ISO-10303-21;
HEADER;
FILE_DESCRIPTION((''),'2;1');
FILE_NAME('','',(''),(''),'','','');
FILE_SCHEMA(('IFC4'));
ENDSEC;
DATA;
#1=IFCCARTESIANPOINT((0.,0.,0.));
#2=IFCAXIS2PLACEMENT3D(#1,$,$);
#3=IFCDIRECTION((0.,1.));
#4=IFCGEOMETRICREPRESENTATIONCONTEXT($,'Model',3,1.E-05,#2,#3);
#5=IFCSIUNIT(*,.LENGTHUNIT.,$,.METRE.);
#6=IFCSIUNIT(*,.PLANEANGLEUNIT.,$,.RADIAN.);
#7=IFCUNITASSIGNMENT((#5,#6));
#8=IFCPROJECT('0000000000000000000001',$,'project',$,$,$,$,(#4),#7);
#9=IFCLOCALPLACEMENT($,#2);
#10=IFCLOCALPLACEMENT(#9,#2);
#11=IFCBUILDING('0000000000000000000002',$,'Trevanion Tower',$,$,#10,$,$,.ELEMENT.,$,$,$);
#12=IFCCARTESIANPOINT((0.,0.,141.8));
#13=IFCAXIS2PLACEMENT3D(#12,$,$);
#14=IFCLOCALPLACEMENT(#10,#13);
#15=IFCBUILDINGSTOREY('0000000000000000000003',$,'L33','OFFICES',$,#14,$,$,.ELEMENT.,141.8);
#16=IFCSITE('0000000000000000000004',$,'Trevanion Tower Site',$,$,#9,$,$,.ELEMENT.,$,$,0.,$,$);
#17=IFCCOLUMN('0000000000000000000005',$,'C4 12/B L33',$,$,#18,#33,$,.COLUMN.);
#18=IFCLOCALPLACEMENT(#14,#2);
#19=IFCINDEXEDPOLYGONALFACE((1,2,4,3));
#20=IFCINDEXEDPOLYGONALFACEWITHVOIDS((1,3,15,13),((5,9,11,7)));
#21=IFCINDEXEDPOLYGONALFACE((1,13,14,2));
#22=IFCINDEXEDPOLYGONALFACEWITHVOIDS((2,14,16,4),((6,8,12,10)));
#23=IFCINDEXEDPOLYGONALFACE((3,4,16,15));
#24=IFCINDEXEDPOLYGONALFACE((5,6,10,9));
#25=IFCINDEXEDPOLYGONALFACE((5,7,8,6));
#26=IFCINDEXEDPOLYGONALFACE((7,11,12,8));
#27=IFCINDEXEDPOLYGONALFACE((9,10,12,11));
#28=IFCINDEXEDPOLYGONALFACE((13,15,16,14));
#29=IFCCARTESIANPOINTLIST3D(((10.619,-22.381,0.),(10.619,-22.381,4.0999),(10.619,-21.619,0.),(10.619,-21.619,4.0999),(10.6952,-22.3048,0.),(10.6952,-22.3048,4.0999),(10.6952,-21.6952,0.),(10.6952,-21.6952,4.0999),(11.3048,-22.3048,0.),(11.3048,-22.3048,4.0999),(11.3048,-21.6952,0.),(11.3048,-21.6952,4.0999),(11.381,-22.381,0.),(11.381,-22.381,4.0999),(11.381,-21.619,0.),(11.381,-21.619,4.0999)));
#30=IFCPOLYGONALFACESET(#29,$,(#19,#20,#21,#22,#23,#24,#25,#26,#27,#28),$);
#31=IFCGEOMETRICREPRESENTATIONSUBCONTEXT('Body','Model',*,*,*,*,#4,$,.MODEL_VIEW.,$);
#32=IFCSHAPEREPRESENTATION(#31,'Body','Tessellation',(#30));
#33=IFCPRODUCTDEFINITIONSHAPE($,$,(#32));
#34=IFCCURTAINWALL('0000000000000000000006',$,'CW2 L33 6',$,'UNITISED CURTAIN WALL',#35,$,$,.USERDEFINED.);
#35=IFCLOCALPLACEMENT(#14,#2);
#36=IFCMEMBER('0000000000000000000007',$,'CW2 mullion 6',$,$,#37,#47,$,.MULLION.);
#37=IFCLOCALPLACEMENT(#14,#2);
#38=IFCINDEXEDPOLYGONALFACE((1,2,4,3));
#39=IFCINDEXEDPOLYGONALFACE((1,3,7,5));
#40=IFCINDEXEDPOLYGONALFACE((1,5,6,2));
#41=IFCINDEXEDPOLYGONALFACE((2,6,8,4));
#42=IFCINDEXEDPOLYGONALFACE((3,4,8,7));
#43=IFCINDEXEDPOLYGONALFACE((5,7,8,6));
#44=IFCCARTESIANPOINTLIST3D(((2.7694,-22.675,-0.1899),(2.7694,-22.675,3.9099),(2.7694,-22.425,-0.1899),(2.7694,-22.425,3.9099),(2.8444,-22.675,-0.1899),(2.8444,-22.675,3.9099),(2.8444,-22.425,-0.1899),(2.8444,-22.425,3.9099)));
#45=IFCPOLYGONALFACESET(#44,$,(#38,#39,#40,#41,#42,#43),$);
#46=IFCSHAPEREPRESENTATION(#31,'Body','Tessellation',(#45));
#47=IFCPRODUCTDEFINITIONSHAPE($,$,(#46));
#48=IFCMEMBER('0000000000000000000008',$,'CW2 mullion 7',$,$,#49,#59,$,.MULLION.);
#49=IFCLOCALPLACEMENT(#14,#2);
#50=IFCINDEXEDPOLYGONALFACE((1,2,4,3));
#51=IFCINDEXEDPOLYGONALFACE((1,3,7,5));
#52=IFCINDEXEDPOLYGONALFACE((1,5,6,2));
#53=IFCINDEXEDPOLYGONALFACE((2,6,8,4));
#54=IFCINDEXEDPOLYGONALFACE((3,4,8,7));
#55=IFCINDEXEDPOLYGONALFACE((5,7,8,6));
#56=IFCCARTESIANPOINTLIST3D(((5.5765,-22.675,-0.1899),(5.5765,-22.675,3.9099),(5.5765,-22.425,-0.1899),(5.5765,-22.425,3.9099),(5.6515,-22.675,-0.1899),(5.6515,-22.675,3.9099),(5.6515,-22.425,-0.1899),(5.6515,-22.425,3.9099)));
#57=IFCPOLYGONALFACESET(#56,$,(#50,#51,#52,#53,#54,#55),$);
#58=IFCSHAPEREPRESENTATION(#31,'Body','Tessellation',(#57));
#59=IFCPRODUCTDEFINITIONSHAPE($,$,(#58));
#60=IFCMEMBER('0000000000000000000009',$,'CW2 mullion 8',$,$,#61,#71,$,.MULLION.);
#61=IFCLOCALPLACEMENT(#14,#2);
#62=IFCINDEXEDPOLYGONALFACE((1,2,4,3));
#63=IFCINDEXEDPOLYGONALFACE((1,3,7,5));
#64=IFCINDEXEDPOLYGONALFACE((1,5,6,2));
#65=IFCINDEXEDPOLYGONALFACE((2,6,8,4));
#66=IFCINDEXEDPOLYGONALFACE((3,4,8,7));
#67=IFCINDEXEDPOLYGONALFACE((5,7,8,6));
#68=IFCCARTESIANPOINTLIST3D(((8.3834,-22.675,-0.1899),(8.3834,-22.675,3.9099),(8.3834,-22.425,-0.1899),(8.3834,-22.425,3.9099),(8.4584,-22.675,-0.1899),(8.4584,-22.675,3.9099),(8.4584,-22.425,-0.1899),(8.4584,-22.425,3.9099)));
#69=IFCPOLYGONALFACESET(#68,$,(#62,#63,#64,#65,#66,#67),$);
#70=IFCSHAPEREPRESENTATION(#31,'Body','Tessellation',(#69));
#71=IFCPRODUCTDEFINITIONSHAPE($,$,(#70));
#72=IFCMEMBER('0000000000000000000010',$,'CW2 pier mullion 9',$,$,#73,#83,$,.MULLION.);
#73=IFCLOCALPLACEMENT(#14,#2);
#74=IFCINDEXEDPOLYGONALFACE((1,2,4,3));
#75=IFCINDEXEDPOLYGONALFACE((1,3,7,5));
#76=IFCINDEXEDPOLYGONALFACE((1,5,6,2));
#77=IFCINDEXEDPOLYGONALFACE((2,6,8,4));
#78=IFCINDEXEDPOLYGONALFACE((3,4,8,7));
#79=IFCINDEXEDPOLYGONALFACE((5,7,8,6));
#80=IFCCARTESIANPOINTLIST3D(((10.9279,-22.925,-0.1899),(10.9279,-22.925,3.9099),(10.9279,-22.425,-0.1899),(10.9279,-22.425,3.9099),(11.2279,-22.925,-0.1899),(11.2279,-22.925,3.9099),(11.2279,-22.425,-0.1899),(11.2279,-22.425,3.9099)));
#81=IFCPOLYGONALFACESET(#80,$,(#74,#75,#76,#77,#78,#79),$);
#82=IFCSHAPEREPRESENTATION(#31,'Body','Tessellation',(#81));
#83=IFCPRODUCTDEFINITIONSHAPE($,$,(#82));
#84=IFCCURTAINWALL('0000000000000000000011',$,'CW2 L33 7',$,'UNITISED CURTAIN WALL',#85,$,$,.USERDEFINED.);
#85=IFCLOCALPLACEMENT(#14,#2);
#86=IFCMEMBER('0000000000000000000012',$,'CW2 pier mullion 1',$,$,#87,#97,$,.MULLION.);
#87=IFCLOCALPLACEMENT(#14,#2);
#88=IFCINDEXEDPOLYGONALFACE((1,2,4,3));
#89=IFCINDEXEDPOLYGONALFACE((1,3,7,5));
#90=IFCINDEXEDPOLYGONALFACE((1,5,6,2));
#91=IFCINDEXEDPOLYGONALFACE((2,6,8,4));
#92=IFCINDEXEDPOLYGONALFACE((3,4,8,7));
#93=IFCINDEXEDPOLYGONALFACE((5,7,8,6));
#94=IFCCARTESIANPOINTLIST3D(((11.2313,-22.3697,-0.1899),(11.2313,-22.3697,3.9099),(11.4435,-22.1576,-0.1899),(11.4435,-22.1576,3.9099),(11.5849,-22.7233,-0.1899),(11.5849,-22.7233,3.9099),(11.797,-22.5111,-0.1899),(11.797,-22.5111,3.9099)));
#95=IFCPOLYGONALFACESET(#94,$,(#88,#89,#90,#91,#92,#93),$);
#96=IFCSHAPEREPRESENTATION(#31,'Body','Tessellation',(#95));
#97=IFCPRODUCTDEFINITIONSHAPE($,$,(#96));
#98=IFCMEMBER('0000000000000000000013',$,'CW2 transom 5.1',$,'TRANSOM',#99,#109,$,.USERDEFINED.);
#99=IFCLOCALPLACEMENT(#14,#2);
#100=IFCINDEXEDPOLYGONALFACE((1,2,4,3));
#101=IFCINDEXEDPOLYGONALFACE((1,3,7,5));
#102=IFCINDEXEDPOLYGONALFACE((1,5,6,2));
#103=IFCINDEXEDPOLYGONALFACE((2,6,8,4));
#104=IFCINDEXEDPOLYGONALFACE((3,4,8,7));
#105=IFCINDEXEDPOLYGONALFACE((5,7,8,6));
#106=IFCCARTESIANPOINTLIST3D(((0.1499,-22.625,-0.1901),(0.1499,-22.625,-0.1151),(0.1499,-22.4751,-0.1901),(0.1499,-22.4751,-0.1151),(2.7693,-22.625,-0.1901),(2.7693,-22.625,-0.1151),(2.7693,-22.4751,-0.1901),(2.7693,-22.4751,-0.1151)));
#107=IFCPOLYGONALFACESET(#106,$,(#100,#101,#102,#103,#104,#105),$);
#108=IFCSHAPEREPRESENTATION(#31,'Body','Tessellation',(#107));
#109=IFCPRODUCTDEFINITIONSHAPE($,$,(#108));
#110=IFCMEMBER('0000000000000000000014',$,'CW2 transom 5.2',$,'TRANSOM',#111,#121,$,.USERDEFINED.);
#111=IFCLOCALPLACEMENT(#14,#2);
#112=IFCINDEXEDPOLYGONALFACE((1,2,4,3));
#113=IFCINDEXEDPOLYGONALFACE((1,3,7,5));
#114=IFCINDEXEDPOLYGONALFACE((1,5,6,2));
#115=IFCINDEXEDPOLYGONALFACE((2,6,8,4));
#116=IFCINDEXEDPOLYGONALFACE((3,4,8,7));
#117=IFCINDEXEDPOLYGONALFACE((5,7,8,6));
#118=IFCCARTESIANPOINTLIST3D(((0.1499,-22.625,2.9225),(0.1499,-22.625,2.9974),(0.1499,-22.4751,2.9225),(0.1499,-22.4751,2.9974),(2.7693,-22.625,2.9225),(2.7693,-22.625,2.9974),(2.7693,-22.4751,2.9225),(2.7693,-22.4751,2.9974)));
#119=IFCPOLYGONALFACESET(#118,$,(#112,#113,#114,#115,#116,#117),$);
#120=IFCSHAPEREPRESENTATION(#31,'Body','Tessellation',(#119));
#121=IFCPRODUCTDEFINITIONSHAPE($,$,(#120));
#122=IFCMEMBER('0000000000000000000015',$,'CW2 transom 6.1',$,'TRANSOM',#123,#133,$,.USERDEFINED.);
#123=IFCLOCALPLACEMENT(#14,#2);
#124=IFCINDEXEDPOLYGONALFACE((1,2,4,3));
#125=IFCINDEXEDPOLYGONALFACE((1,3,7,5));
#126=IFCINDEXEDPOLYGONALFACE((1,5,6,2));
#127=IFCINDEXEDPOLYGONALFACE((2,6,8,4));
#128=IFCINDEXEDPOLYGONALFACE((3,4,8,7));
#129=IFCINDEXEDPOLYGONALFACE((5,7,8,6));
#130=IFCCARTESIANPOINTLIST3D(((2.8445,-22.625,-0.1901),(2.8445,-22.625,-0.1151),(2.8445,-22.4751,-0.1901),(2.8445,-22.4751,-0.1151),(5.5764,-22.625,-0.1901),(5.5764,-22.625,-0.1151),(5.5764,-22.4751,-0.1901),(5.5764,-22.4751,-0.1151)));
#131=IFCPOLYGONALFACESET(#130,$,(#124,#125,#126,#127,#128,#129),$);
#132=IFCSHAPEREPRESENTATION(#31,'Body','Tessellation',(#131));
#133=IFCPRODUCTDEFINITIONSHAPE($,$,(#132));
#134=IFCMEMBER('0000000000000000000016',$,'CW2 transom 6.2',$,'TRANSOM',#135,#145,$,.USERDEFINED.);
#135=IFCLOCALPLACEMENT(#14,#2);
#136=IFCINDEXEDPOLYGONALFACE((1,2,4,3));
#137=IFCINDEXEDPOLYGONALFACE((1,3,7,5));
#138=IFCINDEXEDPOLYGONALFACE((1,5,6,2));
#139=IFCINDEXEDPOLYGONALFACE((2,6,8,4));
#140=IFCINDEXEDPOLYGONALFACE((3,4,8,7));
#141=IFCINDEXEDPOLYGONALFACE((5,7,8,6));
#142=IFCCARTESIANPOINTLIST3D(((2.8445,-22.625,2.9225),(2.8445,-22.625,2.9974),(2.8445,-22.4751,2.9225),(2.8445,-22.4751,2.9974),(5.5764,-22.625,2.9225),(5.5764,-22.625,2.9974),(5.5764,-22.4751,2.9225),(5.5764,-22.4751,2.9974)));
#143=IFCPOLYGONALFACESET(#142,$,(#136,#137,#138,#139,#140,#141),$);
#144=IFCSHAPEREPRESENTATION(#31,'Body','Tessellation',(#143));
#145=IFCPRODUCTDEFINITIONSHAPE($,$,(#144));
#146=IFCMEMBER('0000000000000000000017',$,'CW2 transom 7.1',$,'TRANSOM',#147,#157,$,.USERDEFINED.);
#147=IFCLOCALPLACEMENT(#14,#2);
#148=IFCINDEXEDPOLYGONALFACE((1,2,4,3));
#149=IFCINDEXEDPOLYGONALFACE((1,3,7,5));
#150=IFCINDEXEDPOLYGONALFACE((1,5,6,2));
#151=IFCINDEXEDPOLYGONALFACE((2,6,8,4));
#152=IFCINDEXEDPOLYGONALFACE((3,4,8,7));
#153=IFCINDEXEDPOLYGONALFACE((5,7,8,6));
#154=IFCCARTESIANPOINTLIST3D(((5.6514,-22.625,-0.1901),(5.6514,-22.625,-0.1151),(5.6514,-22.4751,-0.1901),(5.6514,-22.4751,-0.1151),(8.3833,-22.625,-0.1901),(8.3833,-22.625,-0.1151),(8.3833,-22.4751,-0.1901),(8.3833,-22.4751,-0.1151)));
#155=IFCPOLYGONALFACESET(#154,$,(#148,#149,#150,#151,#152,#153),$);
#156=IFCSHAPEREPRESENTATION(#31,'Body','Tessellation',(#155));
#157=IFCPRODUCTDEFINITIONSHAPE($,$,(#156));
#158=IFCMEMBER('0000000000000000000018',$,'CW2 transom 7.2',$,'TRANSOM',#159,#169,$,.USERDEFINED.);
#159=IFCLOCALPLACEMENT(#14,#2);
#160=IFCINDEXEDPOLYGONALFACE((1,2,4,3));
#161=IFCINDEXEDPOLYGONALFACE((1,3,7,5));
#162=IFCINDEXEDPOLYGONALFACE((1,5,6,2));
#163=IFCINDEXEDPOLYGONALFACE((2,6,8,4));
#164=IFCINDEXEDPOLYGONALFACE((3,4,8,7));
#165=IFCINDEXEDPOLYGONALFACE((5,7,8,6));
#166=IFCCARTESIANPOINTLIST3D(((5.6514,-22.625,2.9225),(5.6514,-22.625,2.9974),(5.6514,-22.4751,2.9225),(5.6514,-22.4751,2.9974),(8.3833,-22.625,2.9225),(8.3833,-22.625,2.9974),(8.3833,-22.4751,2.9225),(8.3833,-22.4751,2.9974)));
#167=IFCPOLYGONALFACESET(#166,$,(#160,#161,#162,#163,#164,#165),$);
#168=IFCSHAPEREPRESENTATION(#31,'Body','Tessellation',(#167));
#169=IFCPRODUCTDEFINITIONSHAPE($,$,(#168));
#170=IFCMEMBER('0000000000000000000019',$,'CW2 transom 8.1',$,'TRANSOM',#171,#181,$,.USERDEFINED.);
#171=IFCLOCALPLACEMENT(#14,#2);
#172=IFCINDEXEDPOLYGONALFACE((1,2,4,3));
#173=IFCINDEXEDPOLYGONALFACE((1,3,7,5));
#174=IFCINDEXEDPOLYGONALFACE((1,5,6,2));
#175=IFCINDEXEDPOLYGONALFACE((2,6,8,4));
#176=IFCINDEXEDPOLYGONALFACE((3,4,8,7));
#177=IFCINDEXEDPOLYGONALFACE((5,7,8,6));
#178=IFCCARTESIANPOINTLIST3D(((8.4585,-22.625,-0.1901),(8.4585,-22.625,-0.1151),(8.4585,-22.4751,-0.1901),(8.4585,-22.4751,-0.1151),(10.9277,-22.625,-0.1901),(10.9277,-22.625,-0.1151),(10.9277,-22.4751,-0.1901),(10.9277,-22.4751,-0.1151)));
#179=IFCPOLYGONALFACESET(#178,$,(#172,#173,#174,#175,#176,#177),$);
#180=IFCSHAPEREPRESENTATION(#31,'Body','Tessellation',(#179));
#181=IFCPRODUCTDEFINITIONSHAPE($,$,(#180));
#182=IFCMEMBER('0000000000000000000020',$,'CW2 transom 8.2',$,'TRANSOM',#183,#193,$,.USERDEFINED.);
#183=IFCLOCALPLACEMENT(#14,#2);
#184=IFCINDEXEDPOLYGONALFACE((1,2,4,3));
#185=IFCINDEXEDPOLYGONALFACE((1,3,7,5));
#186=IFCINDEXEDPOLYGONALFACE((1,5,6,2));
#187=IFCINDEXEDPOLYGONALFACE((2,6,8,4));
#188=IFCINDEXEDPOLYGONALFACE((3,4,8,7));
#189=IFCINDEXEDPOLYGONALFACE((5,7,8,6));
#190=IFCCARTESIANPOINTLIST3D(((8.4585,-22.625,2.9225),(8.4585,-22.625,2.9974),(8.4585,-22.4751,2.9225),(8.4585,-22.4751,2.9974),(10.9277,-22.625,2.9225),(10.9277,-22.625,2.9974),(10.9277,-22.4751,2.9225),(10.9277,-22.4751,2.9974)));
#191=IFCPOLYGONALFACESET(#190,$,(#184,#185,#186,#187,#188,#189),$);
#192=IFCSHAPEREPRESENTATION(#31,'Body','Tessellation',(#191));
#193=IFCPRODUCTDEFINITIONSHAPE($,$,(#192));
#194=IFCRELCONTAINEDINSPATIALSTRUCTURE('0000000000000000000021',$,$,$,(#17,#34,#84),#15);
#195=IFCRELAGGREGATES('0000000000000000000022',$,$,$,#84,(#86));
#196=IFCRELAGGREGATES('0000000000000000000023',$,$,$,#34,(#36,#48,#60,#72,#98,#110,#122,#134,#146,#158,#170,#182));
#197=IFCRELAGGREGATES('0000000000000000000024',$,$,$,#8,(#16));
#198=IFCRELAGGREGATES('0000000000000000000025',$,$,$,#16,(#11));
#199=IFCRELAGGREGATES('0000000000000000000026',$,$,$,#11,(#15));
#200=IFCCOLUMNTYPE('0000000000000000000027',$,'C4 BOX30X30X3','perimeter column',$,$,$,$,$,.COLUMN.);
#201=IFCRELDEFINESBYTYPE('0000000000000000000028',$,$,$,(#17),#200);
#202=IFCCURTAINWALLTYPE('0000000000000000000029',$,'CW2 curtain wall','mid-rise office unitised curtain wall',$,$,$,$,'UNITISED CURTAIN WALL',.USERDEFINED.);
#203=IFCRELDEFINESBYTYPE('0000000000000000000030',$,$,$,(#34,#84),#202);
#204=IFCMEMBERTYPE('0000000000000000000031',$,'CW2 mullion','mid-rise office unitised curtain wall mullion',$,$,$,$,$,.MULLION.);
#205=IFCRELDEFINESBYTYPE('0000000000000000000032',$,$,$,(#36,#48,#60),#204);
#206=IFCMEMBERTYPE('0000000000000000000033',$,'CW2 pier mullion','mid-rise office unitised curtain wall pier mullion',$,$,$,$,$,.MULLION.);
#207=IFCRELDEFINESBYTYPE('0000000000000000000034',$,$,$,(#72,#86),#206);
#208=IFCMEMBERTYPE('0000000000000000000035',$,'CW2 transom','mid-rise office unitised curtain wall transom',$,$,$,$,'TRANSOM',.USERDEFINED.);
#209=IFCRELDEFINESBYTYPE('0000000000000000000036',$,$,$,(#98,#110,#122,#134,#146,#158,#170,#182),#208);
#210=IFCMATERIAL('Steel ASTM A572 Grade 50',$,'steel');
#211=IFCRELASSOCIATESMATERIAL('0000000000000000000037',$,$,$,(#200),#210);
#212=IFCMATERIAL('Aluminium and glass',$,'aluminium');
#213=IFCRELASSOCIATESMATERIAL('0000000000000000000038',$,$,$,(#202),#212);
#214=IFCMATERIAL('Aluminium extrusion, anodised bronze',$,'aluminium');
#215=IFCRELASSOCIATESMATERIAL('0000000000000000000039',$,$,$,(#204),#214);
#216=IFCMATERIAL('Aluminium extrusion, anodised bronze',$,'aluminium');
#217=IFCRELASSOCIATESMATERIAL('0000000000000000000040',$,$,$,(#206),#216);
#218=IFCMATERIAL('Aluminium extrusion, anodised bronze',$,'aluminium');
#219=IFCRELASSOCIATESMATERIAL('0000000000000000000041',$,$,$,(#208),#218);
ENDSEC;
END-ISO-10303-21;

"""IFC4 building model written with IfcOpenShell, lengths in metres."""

from ifc_helpers import new_model, si_unit, direction, frame, origin, origin_2d, place, context, subcontext, project, spatial, rectangle, hollow_rectangle, extrude, material, material_profile, profile_set, type_object, element, aggregate, save


model = new_model("IFC4")

# Units and contexts
model_context = context("Model", 3, precision=1e-05, world=origin(), true_north=direction((0.0, 1.0)))
body_context = subcontext(model_context, "Body", "Model", "MODEL_VIEW")
ifc_project = project(units=[si_unit("LENGTHUNIT", "METRE"), si_unit("PLANEANGLEUNIT", "RADIAN")], contexts=[model_context])

# Site, building, storey
site_placement = place(None, origin())
site = spatial("IfcSite", under=ifc_project, at=site_placement, Name="Trevanion Tower Site", CompositionType="ELEMENT", RefElevation=0.0)
building_placement = place(site_placement, origin())
building = spatial("IfcBuilding", under=site, at=building_placement, Name="Trevanion Tower", CompositionType="ELEMENT")
storey_placement = place(building_placement, frame((0.0, 0.0, 141.8)))
storey = spatial("IfcBuildingStorey", under=building, at=storey_placement, Name="L33", Description="OFFICES", CompositionType="ELEMENT", Elevation=141.8)

# Column
ifc_material_1 = material(Name="Steel ASTM A572 Grade 50", Category="steel")
ifc_material_profile_1 = material_profile(ifc_material_1, hollow_rectangle(XDim=0.762, YDim=0.762, WallThickness=0.0762, at=origin_2d()), Name="BOX30X30X3")
ifc_profile_set_1 = profile_set([ifc_material_profile_1], Name="Steel ASTM A572 Grade 50")
column_type = type_object("IfcColumnType", Name="C4 BOX30X30X3", Description="perimeter column", PredefinedType="COLUMN", material=ifc_profile_set_1)
column_placement = place(storey_placement, frame((11.0, -22.0, 0.0), z_axis=(0.0, 0.0, 1.0), x_axis=(1.0, 0.0, 0.0)))
element("IfcColumn", 1, at=column_placement, inside=storey, type_object=column_type, Name="C4 12/B L33", PredefinedType="COLUMN", context=body_context, shape_type="SweptSolid", body=[
    extrude(hollow_rectangle(XDim=0.762, YDim=0.762, WallThickness=0.0762, at=origin_2d()), origin(), (0.0, 0.0, 1.0), 4.0999),
])

# Curtain wall, members
ifc_material_2 = material(Name="Aluminium and glass", Category="aluminium")
curtain_wall_type = type_object("IfcCurtainWallType", Name="CW2 curtain wall", Description="mid-rise office unitised curtain wall", ElementType="UNITISED CURTAIN WALL", PredefinedType="USERDEFINED", material=ifc_material_2)
curtain_wall_1_placement = place(storey_placement, origin())
curtain_wall_1 = element("IfcCurtainWall", 2, at=curtain_wall_1_placement, inside=storey, type_object=curtain_wall_type, Name="CW2 L33 6", ObjectType="UNITISED CURTAIN WALL", PredefinedType="USERDEFINED")
ifc_material_3 = material(Name="Aluminium extrusion, anodised bronze", Category="aluminium")
ifc_material_profile_2 = material_profile(ifc_material_3, rectangle(XDim=0.075, YDim=0.25, at=origin_2d()), Name="CW2 mullion")
ifc_profile_set_2 = profile_set([ifc_material_profile_2], Name="Aluminium extrusion, anodised bronze")
member_type_1 = type_object("IfcMemberType", Name="CW2 mullion", Description="mid-rise office unitised curtain wall mullion", PredefinedType="MULLION", material=ifc_profile_set_2)
member_1_placement = place(storey_placement, frame((2.8069, -22.55, -0.1899), z_axis=(0.0, 0.0, 1.0), x_axis=(1.0, 0.0, 0.0)))
member_1 = element("IfcMember", 3, at=member_1_placement, type_object=member_type_1, Name="CW2 mullion 6", PredefinedType="MULLION", context=body_context, shape_type="SweptSolid", body=[
    extrude(rectangle(XDim=0.075, YDim=0.25, at=origin_2d()), origin(), (0.0, 0.0, 1.0), 4.0999),
])
member_2_placement = place(storey_placement, frame((5.614, -22.55, -0.1899), z_axis=(0.0, 0.0, 1.0), x_axis=(1.0, 0.0, 0.0)))
member_2 = element("IfcMember", 4, at=member_2_placement, type_object=member_type_1, Name="CW2 mullion 7", PredefinedType="MULLION", context=body_context, shape_type="SweptSolid", body=[
    extrude(rectangle(XDim=0.075, YDim=0.25, at=origin_2d()), origin(), (0.0, 0.0, 1.0), 4.0999),
])
member_3_placement = place(storey_placement, frame((8.4209, -22.55, -0.1899), z_axis=(0.0, 0.0, 1.0), x_axis=(1.0, 0.0, 0.0)))
member_3 = element("IfcMember", 5, at=member_3_placement, type_object=member_type_1, Name="CW2 mullion 8", PredefinedType="MULLION", context=body_context, shape_type="SweptSolid", body=[
    extrude(rectangle(XDim=0.075, YDim=0.25, at=origin_2d()), origin(), (0.0, 0.0, 1.0), 4.0999),
])
ifc_material_4 = material(Name="Aluminium extrusion, anodised bronze", Category="aluminium")
ifc_material_profile_3 = material_profile(ifc_material_4, rectangle(XDim=0.3, YDim=0.5, at=origin_2d()), Name="CW2 pier mullion")
ifc_profile_set_3 = profile_set([ifc_material_profile_3], Name="Aluminium extrusion, anodised bronze")
member_type_2 = type_object("IfcMemberType", Name="CW2 pier mullion", Description="mid-rise office unitised curtain wall pier mullion", PredefinedType="MULLION", material=ifc_profile_set_3)
member_4_placement = place(storey_placement, frame((11.0779, -22.675, -0.1899), z_axis=(0.0, 0.0, 1.0), x_axis=(1.0, 0.0, 0.0)))
member_4 = element("IfcMember", 6, at=member_4_placement, type_object=member_type_2, Name="CW2 pier mullion 9", PredefinedType="MULLION", context=body_context, shape_type="SweptSolid", body=[
    extrude(rectangle(XDim=0.3, YDim=0.5, at=origin_2d()), origin(), (0.0, 0.0, 1.0), 4.0999),
])

# Curtain wall, member
curtain_wall_2_placement = place(storey_placement, origin())
curtain_wall_2 = element("IfcCurtainWall", 7, at=curtain_wall_2_placement, inside=storey, type_object=curtain_wall_type, Name="CW2 L33 7", ObjectType="UNITISED CURTAIN WALL", PredefinedType="USERDEFINED")
member_5_placement = place(storey_placement, frame((11.5142, -22.4404, -0.1899), z_axis=(0.0, 0.0, 1.0), x_axis=(0.707107, 0.707107, 0.0)))
member_5 = element("IfcMember", 8, at=member_5_placement, type_object=member_type_2, Name="CW2 pier mullion 1", PredefinedType="MULLION", context=body_context, shape_type="SweptSolid", body=[
    extrude(rectangle(XDim=0.3, YDim=0.5, at=origin_2d()), origin(), (0.0, 0.0, 1.0), 4.0999),
])

# Members
ifc_material_5 = material(Name="Aluminium extrusion, anodised bronze", Category="aluminium")
ifc_material_profile_4 = material_profile(ifc_material_5, rectangle(XDim=0.1499, YDim=0.075, at=origin_2d()), Name="CW2 transom")
ifc_profile_set_4 = profile_set([ifc_material_profile_4], Name="Aluminium extrusion, anodised bronze")
member_type_3 = type_object("IfcMemberType", Name="CW2 transom", Description="mid-rise office unitised curtain wall transom", ElementType="TRANSOM", PredefinedType="USERDEFINED", material=ifc_profile_set_4)
member_6_placement = place(storey_placement, frame((0.1499, -22.55, -0.1526), z_axis=(1.0, 0.0, 0.0), x_axis=(0.0, 1.0, 0.0)))
member_6 = element("IfcMember", 9, at=member_6_placement, type_object=member_type_3, Name="CW2 transom 5.1", ObjectType="TRANSOM", PredefinedType="USERDEFINED", context=body_context, shape_type="SweptSolid", body=[
    extrude(rectangle(XDim=0.1499, YDim=0.075, at=origin_2d()), origin(), (0.0, 0.0, 1.0), 2.6194),
])
member_7_placement = place(storey_placement, frame((0.1499, -22.55, 2.96), z_axis=(1.0, 0.0, 0.0), x_axis=(0.0, 1.0, 0.0)))
member_7 = element("IfcMember", 10, at=member_7_placement, type_object=member_type_3, Name="CW2 transom 5.2", ObjectType="TRANSOM", PredefinedType="USERDEFINED", context=body_context, shape_type="SweptSolid", body=[
    extrude(rectangle(XDim=0.1499, YDim=0.075, at=origin_2d()), origin(), (0.0, 0.0, 1.0), 2.6194),
])
member_8_placement = place(storey_placement, frame((2.8445, -22.55, -0.1526), z_axis=(1.0, 0.0, 0.0), x_axis=(0.0, 1.0, 0.0)))
member_8 = element("IfcMember", 11, at=member_8_placement, type_object=member_type_3, Name="CW2 transom 6.1", ObjectType="TRANSOM", PredefinedType="USERDEFINED", context=body_context, shape_type="SweptSolid", body=[
    extrude(rectangle(XDim=0.1499, YDim=0.075, at=origin_2d()), origin(), (0.0, 0.0, 1.0), 2.7319),
])
member_9_placement = place(storey_placement, frame((2.8445, -22.55, 2.96), z_axis=(1.0, 0.0, 0.0), x_axis=(0.0, 1.0, 0.0)))
member_9 = element("IfcMember", 12, at=member_9_placement, type_object=member_type_3, Name="CW2 transom 6.2", ObjectType="TRANSOM", PredefinedType="USERDEFINED", context=body_context, shape_type="SweptSolid", body=[
    extrude(rectangle(XDim=0.1499, YDim=0.075, at=origin_2d()), origin(), (0.0, 0.0, 1.0), 2.7319),
])
member_10_placement = place(storey_placement, frame((5.6514, -22.55, -0.1526), z_axis=(1.0, 0.0, 0.0), x_axis=(0.0, 1.0, 0.0)))
member_10 = element("IfcMember", 13, at=member_10_placement, type_object=member_type_3, Name="CW2 transom 7.1", ObjectType="TRANSOM", PredefinedType="USERDEFINED", context=body_context, shape_type="SweptSolid", body=[
    extrude(rectangle(XDim=0.1499, YDim=0.075, at=origin_2d()), origin(), (0.0, 0.0, 1.0), 2.7319),
])
member_11_placement = place(storey_placement, frame((5.6514, -22.55, 2.96), z_axis=(1.0, 0.0, 0.0), x_axis=(0.0, 1.0, 0.0)))
member_11 = element("IfcMember", 14, at=member_11_placement, type_object=member_type_3, Name="CW2 transom 7.2", ObjectType="TRANSOM", PredefinedType="USERDEFINED", context=body_context, shape_type="SweptSolid", body=[
    extrude(rectangle(XDim=0.1499, YDim=0.075, at=origin_2d()), origin(), (0.0, 0.0, 1.0), 2.7319),
])
member_12_placement = place(storey_placement, frame((8.4585, -22.55, -0.1526), z_axis=(1.0, 0.0, 0.0), x_axis=(0.0, 1.0, 0.0)))
member_12 = element("IfcMember", 15, at=member_12_placement, type_object=member_type_3, Name="CW2 transom 8.1", ObjectType="TRANSOM", PredefinedType="USERDEFINED", context=body_context, shape_type="SweptSolid", body=[
    extrude(rectangle(XDim=0.1499, YDim=0.075, at=origin_2d()), origin(), (0.0, 0.0, 1.0), 2.4692),
])
member_13_placement = place(storey_placement, frame((8.4585, -22.55, 2.96), z_axis=(1.0, 0.0, 0.0), x_axis=(0.0, 1.0, 0.0)))
member_13 = element("IfcMember", 16, at=member_13_placement, type_object=member_type_3, Name="CW2 transom 8.2", ObjectType="TRANSOM", PredefinedType="USERDEFINED", context=body_context, shape_type="SweptSolid", body=[
    extrude(rectangle(XDim=0.1499, YDim=0.075, at=origin_2d()), origin(), (0.0, 0.0, 1.0), 2.4692),
])
aggregate(curtain_wall_2, [member_5])

aggregate(curtain_wall_1, [member_1, member_2, member_3, member_4, member_6, member_7, member_8, member_9, member_10, member_11, member_12, member_13])

save(model, "model.ifc")
